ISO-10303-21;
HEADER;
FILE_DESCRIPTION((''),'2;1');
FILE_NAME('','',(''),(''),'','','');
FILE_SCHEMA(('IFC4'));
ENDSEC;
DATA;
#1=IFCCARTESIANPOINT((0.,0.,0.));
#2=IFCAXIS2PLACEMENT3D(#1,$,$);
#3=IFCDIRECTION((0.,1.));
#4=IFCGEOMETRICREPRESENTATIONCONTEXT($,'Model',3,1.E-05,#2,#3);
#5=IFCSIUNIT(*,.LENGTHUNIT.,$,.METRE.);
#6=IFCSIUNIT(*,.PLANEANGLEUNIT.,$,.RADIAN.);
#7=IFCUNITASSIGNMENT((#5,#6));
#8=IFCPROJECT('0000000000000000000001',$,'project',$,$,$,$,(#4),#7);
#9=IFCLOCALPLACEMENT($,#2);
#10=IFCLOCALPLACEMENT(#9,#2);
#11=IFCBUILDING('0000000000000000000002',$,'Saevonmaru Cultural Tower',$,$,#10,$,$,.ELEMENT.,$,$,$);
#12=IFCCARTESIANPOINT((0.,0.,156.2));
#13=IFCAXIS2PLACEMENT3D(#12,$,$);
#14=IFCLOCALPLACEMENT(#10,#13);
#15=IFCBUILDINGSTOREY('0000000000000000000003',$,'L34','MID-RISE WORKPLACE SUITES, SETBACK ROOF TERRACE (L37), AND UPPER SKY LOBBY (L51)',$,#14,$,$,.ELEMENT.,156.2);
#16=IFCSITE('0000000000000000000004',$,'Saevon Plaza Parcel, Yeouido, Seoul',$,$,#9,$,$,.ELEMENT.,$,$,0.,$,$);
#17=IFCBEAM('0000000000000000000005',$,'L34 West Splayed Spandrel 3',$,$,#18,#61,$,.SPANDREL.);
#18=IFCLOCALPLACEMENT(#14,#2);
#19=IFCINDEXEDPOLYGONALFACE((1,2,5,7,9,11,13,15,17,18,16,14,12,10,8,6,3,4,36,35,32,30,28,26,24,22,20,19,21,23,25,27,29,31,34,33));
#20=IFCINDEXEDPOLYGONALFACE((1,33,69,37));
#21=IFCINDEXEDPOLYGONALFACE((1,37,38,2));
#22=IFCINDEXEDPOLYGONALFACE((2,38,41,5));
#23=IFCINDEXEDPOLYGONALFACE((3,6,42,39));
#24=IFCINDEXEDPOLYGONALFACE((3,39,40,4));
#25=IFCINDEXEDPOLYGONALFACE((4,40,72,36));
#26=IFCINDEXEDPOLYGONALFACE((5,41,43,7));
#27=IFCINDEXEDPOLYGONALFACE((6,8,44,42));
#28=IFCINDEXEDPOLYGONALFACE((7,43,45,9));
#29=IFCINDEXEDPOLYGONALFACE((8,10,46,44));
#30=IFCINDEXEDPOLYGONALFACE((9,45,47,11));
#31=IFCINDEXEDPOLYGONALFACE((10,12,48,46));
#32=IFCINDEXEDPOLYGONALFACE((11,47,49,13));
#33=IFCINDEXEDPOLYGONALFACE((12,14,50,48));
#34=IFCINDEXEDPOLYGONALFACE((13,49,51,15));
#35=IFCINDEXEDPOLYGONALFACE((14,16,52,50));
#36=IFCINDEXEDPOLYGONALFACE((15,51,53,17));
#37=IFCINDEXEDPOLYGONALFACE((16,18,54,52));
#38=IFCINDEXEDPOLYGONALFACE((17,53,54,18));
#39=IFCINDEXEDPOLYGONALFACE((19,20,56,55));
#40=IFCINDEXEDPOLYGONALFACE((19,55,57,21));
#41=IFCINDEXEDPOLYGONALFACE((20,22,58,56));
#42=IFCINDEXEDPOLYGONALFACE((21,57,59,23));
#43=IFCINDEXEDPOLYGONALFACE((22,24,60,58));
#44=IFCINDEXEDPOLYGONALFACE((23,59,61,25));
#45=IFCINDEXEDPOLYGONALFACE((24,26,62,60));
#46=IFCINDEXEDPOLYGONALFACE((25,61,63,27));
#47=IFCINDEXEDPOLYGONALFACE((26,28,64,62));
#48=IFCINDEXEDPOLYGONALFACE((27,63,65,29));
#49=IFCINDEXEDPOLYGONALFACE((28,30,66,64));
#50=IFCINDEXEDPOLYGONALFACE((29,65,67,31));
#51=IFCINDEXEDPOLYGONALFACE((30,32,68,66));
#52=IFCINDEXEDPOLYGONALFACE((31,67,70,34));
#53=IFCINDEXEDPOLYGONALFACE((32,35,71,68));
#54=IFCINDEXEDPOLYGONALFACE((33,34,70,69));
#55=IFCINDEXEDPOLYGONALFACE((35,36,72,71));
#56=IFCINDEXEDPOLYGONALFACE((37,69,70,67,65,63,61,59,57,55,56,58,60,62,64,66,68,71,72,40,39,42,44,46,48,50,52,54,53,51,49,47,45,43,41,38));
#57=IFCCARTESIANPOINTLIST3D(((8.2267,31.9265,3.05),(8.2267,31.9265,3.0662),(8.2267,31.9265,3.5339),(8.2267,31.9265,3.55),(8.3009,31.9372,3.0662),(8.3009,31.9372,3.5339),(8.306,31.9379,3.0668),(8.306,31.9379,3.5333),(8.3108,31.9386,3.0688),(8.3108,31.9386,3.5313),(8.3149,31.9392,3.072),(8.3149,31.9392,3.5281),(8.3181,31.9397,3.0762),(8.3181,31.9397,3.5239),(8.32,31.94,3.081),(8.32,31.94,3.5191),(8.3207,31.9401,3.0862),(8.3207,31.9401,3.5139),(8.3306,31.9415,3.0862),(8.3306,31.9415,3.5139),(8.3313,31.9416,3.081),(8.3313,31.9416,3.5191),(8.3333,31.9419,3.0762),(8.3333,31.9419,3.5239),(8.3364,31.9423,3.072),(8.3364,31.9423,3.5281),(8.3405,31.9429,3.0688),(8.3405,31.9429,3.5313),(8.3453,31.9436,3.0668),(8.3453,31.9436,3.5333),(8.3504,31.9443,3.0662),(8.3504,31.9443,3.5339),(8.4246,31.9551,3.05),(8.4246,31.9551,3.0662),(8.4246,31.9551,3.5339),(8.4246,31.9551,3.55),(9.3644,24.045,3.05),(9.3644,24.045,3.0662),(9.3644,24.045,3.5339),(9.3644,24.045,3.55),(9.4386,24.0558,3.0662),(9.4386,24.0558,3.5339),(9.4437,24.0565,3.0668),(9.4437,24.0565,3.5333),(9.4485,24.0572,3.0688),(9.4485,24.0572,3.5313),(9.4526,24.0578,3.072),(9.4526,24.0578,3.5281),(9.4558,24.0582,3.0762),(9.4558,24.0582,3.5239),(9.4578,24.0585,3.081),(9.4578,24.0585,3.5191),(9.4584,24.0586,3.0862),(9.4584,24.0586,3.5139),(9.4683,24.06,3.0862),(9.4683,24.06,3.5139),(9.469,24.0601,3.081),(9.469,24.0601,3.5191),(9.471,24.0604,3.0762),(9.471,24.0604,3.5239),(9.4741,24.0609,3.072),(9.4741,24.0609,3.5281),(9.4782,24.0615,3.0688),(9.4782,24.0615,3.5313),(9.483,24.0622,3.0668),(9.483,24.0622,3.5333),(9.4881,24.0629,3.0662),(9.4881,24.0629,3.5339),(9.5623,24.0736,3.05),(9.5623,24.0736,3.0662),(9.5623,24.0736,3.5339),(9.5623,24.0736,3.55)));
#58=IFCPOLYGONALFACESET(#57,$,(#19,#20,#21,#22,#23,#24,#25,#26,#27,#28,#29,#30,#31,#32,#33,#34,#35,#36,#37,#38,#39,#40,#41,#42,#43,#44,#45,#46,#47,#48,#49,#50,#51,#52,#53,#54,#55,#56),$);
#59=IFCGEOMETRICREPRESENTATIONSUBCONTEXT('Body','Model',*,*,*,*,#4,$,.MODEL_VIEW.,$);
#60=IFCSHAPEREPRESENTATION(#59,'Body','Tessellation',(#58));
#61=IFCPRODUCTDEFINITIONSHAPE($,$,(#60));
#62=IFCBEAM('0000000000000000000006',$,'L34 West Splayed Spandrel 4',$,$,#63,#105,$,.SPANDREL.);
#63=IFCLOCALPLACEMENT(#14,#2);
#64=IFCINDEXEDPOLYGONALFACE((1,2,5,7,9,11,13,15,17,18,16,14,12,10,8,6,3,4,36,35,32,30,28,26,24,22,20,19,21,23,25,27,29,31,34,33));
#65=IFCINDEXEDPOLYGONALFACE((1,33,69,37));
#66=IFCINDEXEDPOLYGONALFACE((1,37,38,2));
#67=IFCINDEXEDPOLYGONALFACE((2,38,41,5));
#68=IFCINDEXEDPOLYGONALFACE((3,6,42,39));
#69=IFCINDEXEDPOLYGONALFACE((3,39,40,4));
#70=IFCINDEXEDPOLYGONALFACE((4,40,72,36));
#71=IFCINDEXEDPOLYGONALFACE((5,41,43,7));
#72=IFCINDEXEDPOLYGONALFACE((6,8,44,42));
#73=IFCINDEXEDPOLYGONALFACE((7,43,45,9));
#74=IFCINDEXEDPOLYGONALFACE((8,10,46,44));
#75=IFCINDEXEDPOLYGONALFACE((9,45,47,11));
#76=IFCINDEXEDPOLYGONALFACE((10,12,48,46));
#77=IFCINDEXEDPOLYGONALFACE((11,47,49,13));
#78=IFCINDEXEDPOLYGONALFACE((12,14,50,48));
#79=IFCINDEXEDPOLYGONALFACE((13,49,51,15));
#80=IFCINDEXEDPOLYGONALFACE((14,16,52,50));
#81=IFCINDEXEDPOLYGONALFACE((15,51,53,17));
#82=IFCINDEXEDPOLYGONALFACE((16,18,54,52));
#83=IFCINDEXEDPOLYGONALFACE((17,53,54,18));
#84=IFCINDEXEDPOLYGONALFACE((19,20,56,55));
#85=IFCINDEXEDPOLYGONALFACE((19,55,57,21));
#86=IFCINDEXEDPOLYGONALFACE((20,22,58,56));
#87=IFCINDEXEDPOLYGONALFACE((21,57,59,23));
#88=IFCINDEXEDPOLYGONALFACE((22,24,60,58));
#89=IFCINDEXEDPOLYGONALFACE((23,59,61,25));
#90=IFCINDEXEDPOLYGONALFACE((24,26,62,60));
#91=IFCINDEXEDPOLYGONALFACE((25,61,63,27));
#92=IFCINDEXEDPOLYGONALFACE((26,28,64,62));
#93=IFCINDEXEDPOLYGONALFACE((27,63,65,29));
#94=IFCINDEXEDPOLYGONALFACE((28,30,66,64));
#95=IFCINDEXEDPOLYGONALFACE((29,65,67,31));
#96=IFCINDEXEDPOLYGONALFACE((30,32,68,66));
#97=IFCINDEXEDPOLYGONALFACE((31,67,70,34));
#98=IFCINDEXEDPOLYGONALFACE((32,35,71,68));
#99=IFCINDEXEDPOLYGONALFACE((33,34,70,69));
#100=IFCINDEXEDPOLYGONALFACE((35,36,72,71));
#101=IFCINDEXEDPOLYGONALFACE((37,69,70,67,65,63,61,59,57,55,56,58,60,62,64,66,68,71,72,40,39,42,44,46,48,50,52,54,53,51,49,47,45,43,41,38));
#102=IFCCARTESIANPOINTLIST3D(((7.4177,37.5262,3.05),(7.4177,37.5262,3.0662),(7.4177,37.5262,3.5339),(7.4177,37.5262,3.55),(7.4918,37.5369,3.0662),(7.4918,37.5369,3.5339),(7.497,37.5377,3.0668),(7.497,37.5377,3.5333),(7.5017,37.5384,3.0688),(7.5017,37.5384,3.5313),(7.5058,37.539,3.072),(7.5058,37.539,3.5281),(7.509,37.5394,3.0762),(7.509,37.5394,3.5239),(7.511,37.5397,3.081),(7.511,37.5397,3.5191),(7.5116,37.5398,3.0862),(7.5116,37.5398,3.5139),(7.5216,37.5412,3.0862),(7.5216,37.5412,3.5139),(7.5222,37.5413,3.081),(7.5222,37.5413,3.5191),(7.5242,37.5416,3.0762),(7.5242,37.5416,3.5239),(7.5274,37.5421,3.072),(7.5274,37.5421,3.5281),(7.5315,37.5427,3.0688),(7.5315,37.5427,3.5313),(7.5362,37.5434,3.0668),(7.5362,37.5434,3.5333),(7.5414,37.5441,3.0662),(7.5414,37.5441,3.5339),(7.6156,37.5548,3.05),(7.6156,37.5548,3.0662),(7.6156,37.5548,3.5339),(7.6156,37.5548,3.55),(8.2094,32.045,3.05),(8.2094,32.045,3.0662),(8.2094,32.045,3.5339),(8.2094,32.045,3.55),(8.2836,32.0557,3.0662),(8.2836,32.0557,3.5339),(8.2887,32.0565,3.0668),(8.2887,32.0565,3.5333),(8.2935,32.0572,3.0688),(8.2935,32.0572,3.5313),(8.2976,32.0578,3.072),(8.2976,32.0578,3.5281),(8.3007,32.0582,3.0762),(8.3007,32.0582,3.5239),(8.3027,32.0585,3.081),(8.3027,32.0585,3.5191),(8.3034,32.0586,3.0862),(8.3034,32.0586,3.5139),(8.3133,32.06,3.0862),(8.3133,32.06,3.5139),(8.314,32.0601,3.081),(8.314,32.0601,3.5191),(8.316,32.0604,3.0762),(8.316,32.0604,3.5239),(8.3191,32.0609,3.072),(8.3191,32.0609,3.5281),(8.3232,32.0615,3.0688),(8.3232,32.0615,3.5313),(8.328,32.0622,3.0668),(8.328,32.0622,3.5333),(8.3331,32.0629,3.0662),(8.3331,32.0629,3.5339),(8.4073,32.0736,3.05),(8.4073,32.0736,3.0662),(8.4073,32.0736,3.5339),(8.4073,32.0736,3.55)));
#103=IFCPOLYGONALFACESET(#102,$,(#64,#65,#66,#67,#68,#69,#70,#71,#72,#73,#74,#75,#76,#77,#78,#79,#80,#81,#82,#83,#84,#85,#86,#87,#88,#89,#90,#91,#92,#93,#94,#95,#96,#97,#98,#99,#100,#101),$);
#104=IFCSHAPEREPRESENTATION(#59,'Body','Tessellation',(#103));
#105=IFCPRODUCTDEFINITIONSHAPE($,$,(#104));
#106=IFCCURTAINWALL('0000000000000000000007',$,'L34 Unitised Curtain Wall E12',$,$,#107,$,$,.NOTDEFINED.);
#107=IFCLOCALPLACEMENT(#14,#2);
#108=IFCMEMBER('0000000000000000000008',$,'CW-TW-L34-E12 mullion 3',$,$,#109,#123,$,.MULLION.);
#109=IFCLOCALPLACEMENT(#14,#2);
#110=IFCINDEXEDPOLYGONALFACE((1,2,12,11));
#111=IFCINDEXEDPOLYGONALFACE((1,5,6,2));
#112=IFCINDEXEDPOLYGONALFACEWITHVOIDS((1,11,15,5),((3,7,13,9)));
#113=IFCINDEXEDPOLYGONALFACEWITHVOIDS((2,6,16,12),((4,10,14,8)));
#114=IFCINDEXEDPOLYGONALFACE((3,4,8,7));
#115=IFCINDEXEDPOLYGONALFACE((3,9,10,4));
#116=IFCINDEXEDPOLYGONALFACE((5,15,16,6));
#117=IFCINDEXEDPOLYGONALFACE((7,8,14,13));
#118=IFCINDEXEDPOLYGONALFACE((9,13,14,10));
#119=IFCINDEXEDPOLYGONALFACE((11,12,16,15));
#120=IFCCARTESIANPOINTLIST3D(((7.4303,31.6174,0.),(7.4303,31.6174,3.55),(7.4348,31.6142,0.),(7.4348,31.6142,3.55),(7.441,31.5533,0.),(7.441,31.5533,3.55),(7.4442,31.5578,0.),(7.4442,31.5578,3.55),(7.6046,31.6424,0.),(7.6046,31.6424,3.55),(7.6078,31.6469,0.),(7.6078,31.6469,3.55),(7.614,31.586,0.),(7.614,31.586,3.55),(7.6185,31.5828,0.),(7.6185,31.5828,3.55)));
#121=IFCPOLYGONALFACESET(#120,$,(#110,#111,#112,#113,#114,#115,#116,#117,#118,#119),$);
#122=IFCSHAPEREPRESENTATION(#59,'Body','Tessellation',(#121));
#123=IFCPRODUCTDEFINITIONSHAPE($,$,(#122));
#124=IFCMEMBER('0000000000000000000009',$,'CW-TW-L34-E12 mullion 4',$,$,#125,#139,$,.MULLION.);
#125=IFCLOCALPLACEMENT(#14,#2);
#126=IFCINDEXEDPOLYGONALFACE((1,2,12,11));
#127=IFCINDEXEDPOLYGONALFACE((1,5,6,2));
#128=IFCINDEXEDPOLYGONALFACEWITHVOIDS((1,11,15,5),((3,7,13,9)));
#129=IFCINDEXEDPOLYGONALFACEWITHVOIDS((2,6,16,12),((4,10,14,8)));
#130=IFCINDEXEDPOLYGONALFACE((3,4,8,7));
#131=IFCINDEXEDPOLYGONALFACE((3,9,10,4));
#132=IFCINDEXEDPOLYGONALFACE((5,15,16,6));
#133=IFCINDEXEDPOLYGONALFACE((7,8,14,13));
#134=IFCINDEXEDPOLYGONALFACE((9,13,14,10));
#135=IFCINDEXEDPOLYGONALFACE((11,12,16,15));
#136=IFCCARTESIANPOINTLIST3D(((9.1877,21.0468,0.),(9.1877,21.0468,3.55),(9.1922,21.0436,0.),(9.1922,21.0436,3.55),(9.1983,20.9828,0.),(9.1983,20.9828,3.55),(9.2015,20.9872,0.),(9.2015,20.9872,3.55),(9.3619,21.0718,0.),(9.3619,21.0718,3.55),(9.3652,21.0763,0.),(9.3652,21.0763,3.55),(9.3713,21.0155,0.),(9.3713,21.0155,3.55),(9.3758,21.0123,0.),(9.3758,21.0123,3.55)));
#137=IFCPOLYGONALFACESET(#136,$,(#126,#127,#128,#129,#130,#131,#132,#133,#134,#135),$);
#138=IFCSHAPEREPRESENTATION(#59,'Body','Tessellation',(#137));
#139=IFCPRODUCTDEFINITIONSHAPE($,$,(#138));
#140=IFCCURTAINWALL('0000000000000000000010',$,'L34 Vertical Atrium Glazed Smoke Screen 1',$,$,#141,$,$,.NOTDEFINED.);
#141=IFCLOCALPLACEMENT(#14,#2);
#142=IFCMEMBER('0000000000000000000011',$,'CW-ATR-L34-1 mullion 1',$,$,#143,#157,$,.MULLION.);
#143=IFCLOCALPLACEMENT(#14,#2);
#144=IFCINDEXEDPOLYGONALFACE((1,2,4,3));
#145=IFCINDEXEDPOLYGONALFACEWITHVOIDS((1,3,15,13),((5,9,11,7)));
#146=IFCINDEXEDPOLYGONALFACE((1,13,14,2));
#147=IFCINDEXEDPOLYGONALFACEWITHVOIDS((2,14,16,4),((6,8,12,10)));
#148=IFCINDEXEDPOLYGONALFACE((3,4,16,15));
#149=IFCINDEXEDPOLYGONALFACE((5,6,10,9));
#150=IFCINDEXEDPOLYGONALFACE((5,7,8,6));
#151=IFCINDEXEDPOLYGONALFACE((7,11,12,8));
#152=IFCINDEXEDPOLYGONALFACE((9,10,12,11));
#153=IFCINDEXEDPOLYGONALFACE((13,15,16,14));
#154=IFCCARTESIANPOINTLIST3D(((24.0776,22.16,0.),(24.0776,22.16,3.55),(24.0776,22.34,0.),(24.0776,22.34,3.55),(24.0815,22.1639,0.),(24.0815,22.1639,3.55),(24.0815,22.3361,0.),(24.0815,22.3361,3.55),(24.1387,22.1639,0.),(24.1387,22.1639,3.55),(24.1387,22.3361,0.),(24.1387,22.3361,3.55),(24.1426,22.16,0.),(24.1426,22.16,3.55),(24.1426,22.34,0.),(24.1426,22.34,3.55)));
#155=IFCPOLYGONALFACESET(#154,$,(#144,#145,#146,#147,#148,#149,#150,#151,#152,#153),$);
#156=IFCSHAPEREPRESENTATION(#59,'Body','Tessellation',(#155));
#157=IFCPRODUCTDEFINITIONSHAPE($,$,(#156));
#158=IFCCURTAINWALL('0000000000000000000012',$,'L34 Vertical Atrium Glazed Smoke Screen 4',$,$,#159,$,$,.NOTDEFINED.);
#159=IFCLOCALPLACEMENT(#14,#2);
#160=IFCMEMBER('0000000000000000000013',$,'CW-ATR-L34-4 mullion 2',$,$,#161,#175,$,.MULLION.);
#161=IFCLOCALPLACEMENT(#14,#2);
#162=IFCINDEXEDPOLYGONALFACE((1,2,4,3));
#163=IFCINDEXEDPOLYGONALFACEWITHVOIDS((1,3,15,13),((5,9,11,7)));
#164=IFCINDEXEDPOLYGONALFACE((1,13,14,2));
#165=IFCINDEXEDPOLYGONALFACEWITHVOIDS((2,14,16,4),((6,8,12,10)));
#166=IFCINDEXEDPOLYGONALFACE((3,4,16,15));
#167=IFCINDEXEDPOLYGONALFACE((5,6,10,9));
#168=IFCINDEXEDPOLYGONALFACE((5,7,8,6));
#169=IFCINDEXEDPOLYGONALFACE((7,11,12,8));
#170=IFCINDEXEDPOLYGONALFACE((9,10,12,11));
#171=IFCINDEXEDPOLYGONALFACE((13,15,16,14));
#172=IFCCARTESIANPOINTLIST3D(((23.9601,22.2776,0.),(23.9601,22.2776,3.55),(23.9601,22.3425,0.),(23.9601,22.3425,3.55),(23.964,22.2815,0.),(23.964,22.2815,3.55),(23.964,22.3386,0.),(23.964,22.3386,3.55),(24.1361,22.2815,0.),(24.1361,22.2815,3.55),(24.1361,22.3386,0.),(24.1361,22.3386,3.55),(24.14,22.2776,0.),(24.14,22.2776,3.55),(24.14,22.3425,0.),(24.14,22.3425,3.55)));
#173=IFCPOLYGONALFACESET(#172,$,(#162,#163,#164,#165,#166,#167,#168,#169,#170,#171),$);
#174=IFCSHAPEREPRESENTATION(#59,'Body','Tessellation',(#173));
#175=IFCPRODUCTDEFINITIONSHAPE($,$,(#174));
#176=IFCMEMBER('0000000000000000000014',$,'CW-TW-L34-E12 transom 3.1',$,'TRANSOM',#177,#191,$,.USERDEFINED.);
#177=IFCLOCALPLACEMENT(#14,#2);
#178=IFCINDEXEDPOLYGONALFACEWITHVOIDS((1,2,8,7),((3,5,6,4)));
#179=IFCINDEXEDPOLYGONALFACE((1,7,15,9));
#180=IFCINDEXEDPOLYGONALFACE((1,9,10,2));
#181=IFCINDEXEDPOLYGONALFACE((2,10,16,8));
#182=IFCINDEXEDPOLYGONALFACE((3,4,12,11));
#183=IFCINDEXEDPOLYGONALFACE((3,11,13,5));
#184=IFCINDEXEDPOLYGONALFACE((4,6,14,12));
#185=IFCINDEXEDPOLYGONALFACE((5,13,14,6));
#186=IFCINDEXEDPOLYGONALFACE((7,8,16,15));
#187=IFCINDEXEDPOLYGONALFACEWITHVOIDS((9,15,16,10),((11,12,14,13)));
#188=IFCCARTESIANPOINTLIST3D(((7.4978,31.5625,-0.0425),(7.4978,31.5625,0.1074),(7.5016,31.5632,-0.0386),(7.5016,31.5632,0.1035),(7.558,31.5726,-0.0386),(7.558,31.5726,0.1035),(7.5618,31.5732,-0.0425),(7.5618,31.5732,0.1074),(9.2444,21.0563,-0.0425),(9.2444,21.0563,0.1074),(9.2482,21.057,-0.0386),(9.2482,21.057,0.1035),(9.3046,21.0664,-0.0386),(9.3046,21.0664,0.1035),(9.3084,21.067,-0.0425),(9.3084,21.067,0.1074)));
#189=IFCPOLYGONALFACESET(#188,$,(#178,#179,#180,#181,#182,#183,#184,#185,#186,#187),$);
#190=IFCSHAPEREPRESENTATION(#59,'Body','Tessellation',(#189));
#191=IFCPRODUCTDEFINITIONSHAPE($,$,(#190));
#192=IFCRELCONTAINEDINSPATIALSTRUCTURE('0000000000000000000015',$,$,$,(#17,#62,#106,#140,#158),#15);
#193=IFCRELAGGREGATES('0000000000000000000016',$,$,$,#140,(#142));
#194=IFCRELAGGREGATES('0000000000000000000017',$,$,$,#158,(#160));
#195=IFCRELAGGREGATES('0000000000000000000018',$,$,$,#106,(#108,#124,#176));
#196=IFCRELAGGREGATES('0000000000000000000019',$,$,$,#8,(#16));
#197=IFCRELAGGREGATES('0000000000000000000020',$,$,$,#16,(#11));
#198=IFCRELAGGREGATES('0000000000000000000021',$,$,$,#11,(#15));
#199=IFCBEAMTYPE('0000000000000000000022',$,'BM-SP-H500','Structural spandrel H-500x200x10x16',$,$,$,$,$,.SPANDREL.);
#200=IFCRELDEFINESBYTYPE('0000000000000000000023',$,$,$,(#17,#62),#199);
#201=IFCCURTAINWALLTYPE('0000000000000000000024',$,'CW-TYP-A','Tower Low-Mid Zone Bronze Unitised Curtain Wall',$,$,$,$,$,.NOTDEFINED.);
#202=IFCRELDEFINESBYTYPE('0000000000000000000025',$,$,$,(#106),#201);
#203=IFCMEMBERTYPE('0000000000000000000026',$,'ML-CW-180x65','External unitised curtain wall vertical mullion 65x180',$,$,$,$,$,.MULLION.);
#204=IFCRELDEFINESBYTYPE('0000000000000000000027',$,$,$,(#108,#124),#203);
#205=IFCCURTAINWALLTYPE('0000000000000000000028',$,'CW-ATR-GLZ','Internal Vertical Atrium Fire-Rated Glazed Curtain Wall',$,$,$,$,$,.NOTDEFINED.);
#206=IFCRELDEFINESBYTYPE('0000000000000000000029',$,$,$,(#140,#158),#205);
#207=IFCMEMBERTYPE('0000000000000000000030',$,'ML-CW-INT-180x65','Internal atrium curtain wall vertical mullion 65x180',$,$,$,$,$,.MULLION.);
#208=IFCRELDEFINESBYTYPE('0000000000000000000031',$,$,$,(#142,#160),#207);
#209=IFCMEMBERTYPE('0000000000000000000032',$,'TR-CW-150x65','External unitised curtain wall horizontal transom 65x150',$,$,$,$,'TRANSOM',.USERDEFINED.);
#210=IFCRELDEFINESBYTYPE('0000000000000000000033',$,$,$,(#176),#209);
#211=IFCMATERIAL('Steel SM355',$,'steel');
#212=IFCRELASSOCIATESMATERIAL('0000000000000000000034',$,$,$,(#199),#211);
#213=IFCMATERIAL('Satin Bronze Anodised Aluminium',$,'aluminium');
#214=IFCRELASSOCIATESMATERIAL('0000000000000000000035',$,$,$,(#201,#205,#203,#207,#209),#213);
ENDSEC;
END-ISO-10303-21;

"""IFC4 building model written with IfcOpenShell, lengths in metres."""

from ifc_helpers import new_model, si_unit, direction, frame, origin, origin_2d, place, context, subcontext, project, spatial, hollow_rectangle, i_section, extrude, material, material_profile, profile_set, type_object, element, aggregate, save


model = new_model("IFC4")

# Units and contexts
model_context = context("Model", 3, precision=1e-05, world=origin(), true_north=direction((0.0, 1.0)))
body_context = subcontext(model_context, "Body", "Model", "MODEL_VIEW")
ifc_project = project(units=[si_unit("LENGTHUNIT", "METRE"), si_unit("PLANEANGLEUNIT", "RADIAN")], contexts=[model_context])

# Site, building, storey
site_placement = place(None, origin())
site = spatial("IfcSite", under=ifc_project, at=site_placement, Name="Saevon Plaza Parcel, Yeouido, Seoul", CompositionType="ELEMENT", RefElevation=0.0)
building_placement = place(site_placement, origin())
building = spatial("IfcBuilding", under=site, at=building_placement, Name="Saevonmaru Cultural Tower", CompositionType="ELEMENT")
storey_placement = place(building_placement, frame((0.0, 0.0, 156.2)))
storey = spatial("IfcBuildingStorey", under=building, at=storey_placement, Name="L34", Description="MID-RISE WORKPLACE SUITES, SETBACK ROOF TERRACE (L37), AND UPPER SKY LOBBY (L51)", CompositionType="ELEMENT", Elevation=156.2)

# Shared definitions
ifc_material_1 = material(Name="Steel SM355", Category="steel")

# Beams
ifc_material_profile_1 = material_profile(ifc_material_1, i_section(OverallWidth=0.2, OverallDepth=0.5, WebThickness=0.01, FlangeThickness=0.0161, FilletRadius=0.02, at=origin_2d()), Name="H-500x200x10x16")
ifc_profile_set_1 = profile_set([ifc_material_profile_1], Name="Steel SM355")
beam_type_1 = type_object("IfcBeamType", Name="BM-SP-H500", Description="Structural spandrel H-500x200x10x16", PredefinedType="SPANDREL", material=ifc_profile_set_1)
beam_1_placement = place(storey_placement, frame((9.4634, 24.0593, 3.3), z_axis=(-0.142872, 0.989741, 0.0), x_axis=(-0.989741, -0.142872, 0.0)))
element("IfcBeam", 1, at=beam_1_placement, inside=storey, type_object=beam_type_1, Name="L34 West Splayed Spandrel 3", PredefinedType="SPANDREL", context=body_context, shape_type="SweptSolid", body=[
    extrude(i_section(OverallWidth=0.2, OverallDepth=0.5, WebThickness=0.01, FlangeThickness=0.0161, FilletRadius=0.02, at=origin_2d()), origin(), (0.0, 0.0, 1.0), 7.9631),
])
beam_2_placement = place(storey_placement, frame((8.3083, 32.0593, 3.3), z_axis=(-0.142964, 0.989728, 0.0), x_axis=(-0.989728, -0.142964, 0.0)))
element("IfcBeam", 2, at=beam_2_placement, inside=storey, type_object=beam_type_1, Name="L34 West Splayed Spandrel 4", PredefinedType="SPANDREL", context=body_context, shape_type="SweptSolid", body=[
    extrude(i_section(OverallWidth=0.2, OverallDepth=0.5, WebThickness=0.01, FlangeThickness=0.0161, FilletRadius=0.02, at=origin_2d()), origin(), (0.0, 0.0, 1.0), 5.5381),
])

# Curtain wall, members
ifc_material_2 = material(Name="Satin Bronze Anodised Aluminium", Category="aluminium")
curtain_wall_type_1 = type_object("IfcCurtainWallType", Name="CW-TYP-A", Description="Tower Low-Mid Zone Bronze Unitised Curtain Wall", PredefinedType="NOTDEFINED", material=ifc_material_2)
curtain_wall_1_placement = place(storey_placement, origin())
curtain_wall_1 = element("IfcCurtainWall", 3, at=curtain_wall_1_placement, inside=storey, type_object=curtain_wall_type_1, Name="L34 Unitised Curtain Wall E12", PredefinedType="NOTDEFINED")
ifc_material_profile_2 = material_profile(ifc_material_2, hollow_rectangle(XDim=0.0649, YDim=0.1799, WallThickness=0.0039, at=origin_2d()), Name="ALU-MULL-180x65x4")
ifc_profile_set_2 = profile_set([ifc_material_profile_2], Name="Satin Bronze Anodised Aluminium")
member_type_1 = type_object("IfcMemberType", Name="ML-CW-180x65", Description="External unitised curtain wall vertical mullion 65x180", PredefinedType="MULLION", material=ifc_profile_set_2)
member_1_placement = place(storey_placement, frame((7.5244, 31.6001, 0.0), z_axis=(0.0, 0.0, 1.0), x_axis=(0.163999, -0.986461, 0.0)))
member_1 = element("IfcMember", 4, at=member_1_placement, type_object=member_type_1, Name="CW-TW-L34-E12 mullion 3", PredefinedType="MULLION", context=body_context, shape_type="SweptSolid", body=[
    extrude(hollow_rectangle(XDim=0.0649, YDim=0.1799, WallThickness=0.0039, at=origin_2d()), origin(), (0.0, 0.0, 1.0), 3.55),
])
member_2_placement = place(storey_placement, frame((9.2817, 21.0295, 0.0), z_axis=(0.0, 0.0, 1.0), x_axis=(0.163999, -0.986461, 0.0)))
member_2 = element("IfcMember", 5, at=member_2_placement, type_object=member_type_1, Name="CW-TW-L34-E12 mullion 4", PredefinedType="MULLION", context=body_context, shape_type="SweptSolid", body=[
    extrude(hollow_rectangle(XDim=0.0649, YDim=0.1799, WallThickness=0.0039, at=origin_2d()), origin(), (0.0, 0.0, 1.0), 3.55),
])

# Curtain walls, members
curtain_wall_type_2 = type_object("IfcCurtainWallType", Name="CW-ATR-GLZ", Description="Internal Vertical Atrium Fire-Rated Glazed Curtain Wall", PredefinedType="NOTDEFINED", material=ifc_material_2)
curtain_wall_2_placement = place(storey_placement, origin())
curtain_wall_2 = element("IfcCurtainWall", 6, at=curtain_wall_2_placement, inside=storey, type_object=curtain_wall_type_2, Name="L34 Vertical Atrium Glazed Smoke Screen 1", PredefinedType="NOTDEFINED")
ifc_material_profile_3 = material_profile(ifc_material_2, hollow_rectangle(XDim=0.0649, YDim=0.1799, WallThickness=0.0039, at=origin_2d()), Name="ALU-MULL-180x65x4")
ifc_profile_set_3 = profile_set([ifc_material_profile_3], Name="Satin Bronze Anodised Aluminium")
member_type_2 = type_object("IfcMemberType", Name="ML-CW-INT-180x65", Description="Internal atrium curtain wall vertical mullion 65x180", PredefinedType="MULLION", material=ifc_profile_set_3)
member_3_placement = place(storey_placement, frame((24.1101, 22.25, 0.0), z_axis=(0.0, 0.0, 1.0), x_axis=(1.0, 0.0, 0.0)))
member_3 = element("IfcMember", 7, at=member_3_placement, type_object=member_type_2, Name="CW-ATR-L34-1 mullion 1", PredefinedType="MULLION", context=body_context, shape_type="SweptSolid", body=[
    extrude(hollow_rectangle(XDim=0.0649, YDim=0.1799, WallThickness=0.0039, at=origin_2d()), origin(), (0.0, 0.0, 1.0), 3.55),
])
aggregate(curtain_wall_2, [member_3])
curtain_wall_3_placement = place(storey_placement, origin())
curtain_wall_3 = element("IfcCurtainWall", 8, at=curtain_wall_3_placement, inside=storey, type_object=curtain_wall_type_2, Name="L34 Vertical Atrium Glazed Smoke Screen 4", PredefinedType="NOTDEFINED")
member_4_placement = place(storey_placement, frame((24.05, 22.3101, 0.0), z_axis=(0.0, 0.0, 1.0), x_axis=(0.0, -1.0, 0.0)))
member_4 = element("IfcMember", 9, at=member_4_placement, type_object=member_type_2, Name="CW-ATR-L34-4 mullion 2", PredefinedType="MULLION", context=body_context, shape_type="SweptSolid", body=[
    extrude(hollow_rectangle(XDim=0.0649, YDim=0.1799, WallThickness=0.0039, at=origin_2d()), origin(), (0.0, 0.0, 1.0), 3.55),
])

# Member
ifc_material_profile_4 = material_profile(ifc_material_2, hollow_rectangle(XDim=0.0649, YDim=0.1499, WallThickness=0.0039, at=origin_2d()), Name="ALU-TRAN-150x65x4")
ifc_profile_set_4 = profile_set([ifc_material_profile_4], Name="Satin Bronze Anodised Aluminium")
member_type_3 = type_object("IfcMemberType", Name="TR-CW-150x65", Description="External unitised curtain wall horizontal transom 65x150", ElementType="TRANSOM", PredefinedType="USERDEFINED", material=ifc_profile_set_4)
member_5_placement = place(storey_placement, frame((7.5298, 31.5679, 0.0325), z_axis=(0.163994, -0.986461, 0.0), x_axis=(0.986461, 0.163994, 0.0)))
member_5 = element("IfcMember", 10, at=member_5_placement, type_object=member_type_3, Name="CW-TW-L34-E12 transom 3.1", ObjectType="TRANSOM", PredefinedType="USERDEFINED", context=body_context, shape_type="SweptSolid", body=[
    extrude(hollow_rectangle(XDim=0.0649, YDim=0.1499, WallThickness=0.0039, at=origin_2d()), origin(), (0.0, 0.0, 1.0), 10.6504),
])

aggregate(curtain_wall_3, [member_4])
aggregate(curtain_wall_1, [member_1, member_2, member_5])

save(model, "model.ifc")
